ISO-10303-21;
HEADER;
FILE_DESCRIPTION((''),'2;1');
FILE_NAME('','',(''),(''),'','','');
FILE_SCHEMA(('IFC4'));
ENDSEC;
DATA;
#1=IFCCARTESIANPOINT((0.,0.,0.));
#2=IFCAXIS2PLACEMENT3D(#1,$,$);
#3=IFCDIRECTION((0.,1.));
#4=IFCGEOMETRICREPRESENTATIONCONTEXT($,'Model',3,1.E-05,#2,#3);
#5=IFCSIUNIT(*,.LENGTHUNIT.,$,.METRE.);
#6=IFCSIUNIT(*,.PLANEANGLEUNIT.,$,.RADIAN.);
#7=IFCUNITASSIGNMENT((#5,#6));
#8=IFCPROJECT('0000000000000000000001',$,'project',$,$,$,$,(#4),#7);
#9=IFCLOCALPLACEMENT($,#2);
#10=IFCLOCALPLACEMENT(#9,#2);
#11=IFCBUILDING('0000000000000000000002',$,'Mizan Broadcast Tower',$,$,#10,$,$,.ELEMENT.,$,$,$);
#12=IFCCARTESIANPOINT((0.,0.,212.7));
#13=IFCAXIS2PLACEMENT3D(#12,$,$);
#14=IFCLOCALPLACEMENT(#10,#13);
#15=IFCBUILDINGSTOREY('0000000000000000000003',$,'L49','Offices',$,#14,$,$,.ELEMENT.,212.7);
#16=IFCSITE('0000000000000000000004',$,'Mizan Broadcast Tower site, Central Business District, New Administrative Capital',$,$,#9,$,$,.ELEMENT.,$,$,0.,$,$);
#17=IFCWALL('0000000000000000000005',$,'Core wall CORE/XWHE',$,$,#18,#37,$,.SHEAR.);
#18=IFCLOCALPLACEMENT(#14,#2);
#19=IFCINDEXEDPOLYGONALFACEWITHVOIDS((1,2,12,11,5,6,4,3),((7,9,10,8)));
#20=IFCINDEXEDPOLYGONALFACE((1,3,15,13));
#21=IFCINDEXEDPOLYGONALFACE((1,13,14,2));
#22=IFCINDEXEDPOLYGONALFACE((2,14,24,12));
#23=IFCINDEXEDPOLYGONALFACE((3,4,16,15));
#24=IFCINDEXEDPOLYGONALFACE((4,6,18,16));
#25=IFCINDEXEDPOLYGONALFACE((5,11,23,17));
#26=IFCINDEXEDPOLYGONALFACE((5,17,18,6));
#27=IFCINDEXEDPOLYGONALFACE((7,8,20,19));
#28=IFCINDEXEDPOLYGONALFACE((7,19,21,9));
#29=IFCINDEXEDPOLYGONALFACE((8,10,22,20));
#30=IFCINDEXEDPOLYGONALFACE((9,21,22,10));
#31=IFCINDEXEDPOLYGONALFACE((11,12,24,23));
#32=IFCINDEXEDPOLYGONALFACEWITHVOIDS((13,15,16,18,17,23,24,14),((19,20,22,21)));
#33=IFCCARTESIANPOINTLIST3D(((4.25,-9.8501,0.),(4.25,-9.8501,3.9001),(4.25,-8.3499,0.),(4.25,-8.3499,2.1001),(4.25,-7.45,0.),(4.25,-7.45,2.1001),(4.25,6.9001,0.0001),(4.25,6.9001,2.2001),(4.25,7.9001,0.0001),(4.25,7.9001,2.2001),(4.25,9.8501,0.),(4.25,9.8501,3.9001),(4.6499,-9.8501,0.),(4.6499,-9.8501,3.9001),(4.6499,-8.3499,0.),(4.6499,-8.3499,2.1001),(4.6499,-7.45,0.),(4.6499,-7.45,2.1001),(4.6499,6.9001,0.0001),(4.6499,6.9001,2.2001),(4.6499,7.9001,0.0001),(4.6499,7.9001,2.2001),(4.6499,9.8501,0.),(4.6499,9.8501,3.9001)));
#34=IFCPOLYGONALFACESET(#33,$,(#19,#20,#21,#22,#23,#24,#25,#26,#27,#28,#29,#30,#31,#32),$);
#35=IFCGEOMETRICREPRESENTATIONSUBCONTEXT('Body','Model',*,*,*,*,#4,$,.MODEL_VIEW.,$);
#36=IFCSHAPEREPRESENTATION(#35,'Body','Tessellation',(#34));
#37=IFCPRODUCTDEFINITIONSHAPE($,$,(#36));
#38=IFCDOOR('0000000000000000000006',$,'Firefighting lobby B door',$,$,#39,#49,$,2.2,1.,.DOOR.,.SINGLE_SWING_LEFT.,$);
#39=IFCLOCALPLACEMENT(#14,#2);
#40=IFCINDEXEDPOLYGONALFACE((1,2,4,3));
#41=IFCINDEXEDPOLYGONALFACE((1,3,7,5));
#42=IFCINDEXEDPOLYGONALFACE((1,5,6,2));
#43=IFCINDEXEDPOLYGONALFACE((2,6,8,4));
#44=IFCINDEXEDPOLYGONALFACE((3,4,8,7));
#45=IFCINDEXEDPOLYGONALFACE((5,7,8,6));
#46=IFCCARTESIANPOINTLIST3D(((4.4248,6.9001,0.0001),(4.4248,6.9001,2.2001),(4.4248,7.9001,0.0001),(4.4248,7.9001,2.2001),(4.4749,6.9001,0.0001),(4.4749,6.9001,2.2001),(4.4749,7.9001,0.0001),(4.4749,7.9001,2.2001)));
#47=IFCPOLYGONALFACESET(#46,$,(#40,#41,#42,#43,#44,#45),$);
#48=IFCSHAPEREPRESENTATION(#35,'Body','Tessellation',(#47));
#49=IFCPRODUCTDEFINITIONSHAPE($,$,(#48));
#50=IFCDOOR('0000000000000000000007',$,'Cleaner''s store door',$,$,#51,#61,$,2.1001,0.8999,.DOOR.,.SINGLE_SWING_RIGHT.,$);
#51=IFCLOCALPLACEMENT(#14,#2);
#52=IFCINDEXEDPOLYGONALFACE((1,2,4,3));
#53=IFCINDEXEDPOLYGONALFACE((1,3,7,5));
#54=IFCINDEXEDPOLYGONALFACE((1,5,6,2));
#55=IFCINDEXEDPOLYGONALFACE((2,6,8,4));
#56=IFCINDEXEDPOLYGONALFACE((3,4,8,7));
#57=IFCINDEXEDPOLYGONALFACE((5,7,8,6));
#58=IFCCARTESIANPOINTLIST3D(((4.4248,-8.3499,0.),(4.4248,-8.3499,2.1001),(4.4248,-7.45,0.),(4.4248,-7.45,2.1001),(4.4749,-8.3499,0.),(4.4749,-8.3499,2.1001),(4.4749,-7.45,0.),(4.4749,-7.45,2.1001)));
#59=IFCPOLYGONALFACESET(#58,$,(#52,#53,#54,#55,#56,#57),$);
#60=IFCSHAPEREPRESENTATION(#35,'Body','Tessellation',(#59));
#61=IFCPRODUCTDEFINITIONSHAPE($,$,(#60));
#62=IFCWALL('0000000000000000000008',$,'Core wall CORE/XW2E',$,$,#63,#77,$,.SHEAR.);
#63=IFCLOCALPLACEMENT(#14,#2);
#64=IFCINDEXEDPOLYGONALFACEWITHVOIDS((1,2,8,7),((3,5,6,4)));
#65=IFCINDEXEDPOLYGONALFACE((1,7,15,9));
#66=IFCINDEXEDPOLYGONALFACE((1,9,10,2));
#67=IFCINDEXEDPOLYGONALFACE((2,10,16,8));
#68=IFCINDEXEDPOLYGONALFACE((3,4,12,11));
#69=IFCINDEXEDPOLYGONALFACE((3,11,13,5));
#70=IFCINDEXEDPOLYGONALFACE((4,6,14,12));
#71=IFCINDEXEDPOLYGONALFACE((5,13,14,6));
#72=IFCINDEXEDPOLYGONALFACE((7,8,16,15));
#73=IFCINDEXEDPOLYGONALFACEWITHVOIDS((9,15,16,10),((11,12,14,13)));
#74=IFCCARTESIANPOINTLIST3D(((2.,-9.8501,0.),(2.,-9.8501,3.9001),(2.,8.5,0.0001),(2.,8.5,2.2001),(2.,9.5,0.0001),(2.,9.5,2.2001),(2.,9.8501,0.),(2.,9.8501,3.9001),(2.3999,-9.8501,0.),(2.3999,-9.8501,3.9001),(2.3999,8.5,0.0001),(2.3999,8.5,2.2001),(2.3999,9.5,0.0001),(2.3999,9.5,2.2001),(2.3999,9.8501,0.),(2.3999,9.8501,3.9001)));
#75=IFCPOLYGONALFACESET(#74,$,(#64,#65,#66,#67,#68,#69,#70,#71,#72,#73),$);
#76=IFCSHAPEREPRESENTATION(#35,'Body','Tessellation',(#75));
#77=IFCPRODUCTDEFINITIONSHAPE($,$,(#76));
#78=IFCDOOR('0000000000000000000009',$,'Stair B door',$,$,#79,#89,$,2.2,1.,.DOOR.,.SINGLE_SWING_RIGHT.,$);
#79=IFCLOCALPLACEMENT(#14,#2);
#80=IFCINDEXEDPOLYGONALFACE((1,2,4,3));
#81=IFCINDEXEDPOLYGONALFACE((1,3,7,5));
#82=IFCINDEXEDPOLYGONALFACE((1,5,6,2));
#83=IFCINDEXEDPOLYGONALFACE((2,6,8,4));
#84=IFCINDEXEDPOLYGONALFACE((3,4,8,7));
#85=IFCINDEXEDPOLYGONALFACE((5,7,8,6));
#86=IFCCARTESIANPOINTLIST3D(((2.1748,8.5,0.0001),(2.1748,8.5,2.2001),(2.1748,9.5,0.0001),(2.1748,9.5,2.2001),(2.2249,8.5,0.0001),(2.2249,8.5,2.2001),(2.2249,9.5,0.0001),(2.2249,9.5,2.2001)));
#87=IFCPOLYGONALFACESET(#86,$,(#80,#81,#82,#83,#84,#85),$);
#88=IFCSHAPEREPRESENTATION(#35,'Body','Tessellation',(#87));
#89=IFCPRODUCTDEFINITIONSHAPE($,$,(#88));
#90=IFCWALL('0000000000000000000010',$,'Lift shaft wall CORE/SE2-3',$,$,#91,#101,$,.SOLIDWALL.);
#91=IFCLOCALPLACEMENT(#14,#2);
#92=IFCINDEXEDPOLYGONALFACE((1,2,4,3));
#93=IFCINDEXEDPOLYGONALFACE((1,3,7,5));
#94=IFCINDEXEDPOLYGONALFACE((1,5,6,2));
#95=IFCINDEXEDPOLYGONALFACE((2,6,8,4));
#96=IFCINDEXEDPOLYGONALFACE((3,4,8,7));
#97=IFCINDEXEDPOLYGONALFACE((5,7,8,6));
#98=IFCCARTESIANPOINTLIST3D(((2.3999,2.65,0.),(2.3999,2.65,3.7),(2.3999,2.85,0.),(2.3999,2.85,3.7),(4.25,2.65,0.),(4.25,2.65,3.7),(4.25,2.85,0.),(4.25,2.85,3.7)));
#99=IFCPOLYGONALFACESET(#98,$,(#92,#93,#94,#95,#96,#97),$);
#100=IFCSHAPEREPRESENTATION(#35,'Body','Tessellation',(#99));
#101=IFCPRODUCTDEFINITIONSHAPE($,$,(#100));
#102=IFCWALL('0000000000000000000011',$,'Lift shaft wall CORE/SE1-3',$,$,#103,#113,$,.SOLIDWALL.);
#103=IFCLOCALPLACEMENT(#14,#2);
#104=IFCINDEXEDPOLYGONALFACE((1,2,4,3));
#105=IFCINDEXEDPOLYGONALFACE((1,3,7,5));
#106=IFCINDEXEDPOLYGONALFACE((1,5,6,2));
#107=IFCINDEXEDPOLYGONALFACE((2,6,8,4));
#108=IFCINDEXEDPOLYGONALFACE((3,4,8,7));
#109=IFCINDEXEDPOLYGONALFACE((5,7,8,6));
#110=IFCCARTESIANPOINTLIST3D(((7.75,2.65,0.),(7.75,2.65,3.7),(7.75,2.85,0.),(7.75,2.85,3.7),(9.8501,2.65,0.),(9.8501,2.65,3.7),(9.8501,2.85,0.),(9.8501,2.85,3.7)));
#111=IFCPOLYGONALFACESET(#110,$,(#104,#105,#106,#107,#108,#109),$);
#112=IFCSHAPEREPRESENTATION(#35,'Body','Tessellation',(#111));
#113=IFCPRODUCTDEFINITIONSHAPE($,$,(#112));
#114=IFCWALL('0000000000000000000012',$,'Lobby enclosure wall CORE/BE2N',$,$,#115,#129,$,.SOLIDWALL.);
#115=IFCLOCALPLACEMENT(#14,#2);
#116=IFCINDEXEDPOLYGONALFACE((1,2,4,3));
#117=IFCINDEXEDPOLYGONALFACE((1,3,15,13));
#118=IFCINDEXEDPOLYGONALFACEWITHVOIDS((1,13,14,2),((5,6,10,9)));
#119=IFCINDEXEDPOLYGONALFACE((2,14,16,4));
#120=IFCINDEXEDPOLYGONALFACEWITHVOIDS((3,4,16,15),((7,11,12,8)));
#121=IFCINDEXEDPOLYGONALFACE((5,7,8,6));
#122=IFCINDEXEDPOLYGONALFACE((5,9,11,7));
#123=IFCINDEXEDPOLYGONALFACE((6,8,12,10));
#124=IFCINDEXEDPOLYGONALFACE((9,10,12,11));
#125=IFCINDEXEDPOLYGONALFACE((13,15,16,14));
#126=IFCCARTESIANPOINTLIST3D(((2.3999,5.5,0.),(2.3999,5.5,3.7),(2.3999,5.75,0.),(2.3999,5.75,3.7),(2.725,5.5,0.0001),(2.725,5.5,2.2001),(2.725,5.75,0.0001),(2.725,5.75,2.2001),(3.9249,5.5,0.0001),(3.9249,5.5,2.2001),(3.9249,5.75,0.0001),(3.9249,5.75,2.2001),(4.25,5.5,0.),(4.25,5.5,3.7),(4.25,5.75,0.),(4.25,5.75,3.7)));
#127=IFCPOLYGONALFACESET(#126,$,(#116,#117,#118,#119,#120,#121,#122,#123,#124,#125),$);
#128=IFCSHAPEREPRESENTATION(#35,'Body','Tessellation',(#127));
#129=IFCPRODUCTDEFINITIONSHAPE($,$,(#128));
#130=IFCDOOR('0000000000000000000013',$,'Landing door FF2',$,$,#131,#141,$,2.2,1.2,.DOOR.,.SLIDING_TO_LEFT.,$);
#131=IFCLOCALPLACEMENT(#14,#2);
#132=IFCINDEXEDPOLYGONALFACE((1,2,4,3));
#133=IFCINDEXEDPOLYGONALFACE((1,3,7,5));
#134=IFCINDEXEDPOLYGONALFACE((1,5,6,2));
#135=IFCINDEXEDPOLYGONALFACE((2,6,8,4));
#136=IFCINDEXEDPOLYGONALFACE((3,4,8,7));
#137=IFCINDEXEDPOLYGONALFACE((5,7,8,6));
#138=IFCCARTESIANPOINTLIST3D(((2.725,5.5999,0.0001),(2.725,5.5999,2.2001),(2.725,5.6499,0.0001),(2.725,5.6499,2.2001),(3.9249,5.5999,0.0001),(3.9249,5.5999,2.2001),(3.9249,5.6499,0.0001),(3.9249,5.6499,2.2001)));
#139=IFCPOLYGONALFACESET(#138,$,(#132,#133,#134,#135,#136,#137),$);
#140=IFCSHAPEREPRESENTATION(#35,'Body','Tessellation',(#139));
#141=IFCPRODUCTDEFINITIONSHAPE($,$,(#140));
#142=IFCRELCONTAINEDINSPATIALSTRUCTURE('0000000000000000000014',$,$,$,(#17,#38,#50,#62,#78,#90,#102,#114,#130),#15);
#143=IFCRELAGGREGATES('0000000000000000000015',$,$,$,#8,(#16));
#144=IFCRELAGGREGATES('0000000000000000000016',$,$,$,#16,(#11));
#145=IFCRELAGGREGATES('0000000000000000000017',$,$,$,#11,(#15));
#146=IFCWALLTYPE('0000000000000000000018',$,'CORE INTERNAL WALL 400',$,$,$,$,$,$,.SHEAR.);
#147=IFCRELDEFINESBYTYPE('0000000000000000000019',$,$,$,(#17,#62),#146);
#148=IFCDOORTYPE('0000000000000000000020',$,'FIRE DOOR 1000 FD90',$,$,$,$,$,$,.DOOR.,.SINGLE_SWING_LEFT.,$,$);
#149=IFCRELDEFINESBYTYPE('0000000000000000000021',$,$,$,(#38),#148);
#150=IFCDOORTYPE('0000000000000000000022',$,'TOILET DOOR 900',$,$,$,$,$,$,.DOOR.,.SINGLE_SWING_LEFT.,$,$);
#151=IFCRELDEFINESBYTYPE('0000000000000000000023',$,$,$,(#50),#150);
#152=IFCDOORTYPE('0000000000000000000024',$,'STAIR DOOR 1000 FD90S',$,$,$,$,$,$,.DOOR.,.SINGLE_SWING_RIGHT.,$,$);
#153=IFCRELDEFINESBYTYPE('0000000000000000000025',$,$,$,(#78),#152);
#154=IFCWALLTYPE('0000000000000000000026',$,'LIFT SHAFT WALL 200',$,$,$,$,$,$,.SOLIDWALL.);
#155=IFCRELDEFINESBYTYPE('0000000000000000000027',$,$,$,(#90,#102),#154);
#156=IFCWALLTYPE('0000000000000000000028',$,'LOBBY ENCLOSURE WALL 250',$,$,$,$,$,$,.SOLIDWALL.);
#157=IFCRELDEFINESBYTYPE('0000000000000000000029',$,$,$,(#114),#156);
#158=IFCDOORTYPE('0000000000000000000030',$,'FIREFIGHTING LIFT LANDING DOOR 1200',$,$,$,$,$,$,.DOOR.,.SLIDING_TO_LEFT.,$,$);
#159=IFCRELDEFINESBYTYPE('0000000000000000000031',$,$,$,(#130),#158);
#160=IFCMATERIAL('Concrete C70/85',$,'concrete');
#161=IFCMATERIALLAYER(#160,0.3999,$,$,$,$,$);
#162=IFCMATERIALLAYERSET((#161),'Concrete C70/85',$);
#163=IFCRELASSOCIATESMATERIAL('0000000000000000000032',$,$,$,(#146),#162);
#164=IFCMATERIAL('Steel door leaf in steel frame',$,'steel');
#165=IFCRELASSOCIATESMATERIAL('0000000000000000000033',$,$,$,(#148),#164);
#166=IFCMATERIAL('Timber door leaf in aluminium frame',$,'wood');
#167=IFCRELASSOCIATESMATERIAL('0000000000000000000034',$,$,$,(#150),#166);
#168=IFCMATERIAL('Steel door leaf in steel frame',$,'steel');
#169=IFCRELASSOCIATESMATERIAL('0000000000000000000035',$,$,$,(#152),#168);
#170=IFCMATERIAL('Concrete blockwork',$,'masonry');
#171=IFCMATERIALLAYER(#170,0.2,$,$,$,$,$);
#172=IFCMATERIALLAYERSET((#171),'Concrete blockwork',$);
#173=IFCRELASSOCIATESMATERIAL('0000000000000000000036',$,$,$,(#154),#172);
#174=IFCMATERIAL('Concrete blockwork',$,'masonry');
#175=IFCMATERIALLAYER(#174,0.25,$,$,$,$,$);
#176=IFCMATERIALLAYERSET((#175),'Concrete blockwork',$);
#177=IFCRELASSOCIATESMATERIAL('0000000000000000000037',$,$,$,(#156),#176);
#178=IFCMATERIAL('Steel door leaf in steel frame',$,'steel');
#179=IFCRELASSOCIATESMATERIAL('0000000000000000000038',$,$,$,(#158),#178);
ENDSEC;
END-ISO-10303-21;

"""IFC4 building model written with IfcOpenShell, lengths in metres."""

from ifc_helpers import new_model, si_unit, direction, frame, frame_2d, origin, place, context, subcontext, project, spatial, rectangle, extrude, material, layer, layer_set, type_object, element, fill, save


model = new_model("IFC4")

# Units and contexts
model_context = context("Model", 3, precision=1e-05, world=origin(), true_north=direction((0.0, 1.0)))
body_context = subcontext(model_context, "Body", "Model", "MODEL_VIEW")
ifc_project = project(units=[si_unit("LENGTHUNIT", "METRE"), si_unit("PLANEANGLEUNIT", "RADIAN")], contexts=[model_context])

# Site, building, storey
site_placement = place(None, origin())
site = spatial("IfcSite", under=ifc_project, at=site_placement, Name="Mizan Broadcast Tower site, Central Business District, New Administrative Capital", CompositionType="ELEMENT", RefElevation=0.0)
building_placement = place(site_placement, origin())
building = spatial("IfcBuilding", under=site, at=building_placement, Name="Mizan Broadcast Tower", CompositionType="ELEMENT")
storey_placement = place(building_placement, frame((0.0, 0.0, 212.7)))
storey = spatial("IfcBuildingStorey", under=building, at=storey_placement, Name="L49", Description="Offices", CompositionType="ELEMENT", Elevation=212.7)

# Wall, openings, doors
ifc_material_1 = material(Name="Concrete C70/85", Category="concrete")
ifc_layer_1 = layer(ifc_material_1, 0.3999)
ifc_layer_set_1 = layer_set([ifc_layer_1], Name="Concrete C70/85")
wall_type_1 = type_object("IfcWallType", Name="CORE INTERNAL WALL 400", PredefinedType="SHEAR", material=ifc_layer_set_1)
wall_1_placement = place(storey_placement, frame((4.45, 9.8501, 0.0), z_axis=(0.0, 0.0, 1.0), x_axis=(0.0, -1.0, 0.0)))
wall_1 = element("IfcWall", 1, at=wall_1_placement, inside=storey, type_object=wall_type_1, Name="Core wall CORE/XWHE", PredefinedType="SHEAR", context=body_context, shape_type="SweptSolid", body=[
    extrude(rectangle(XDim=19.7002, YDim=0.3999, at=frame_2d((9.8501, 0.0))), origin(), (0.0, 0.0, 1.0), 3.9001),
])
opening_1_placement = place(wall_1_placement, frame((1.95, 0.0, 0.0)))
opening_1 = element("IfcOpeningElement", 2, at=opening_1_placement, cuts=wall_1, PredefinedType="OPENING", context=body_context, shape_type="SweptSolid", body=[
    extrude(rectangle(XDim=1.0, YDim=2.2, at=frame_2d((0.5, 1.1001))), frame((0.0, 0.21, 0.0), z_axis=(0.0, -1.0, 0.0), x_axis=(1.0, 0.0, 0.0)), (0.0, 0.0, 1.0), 0.4199),
])
opening_2_placement = place(wall_1_placement, frame((17.3, 0.0, 0.0)))
opening_2 = element("IfcOpeningElement", 3, at=opening_2_placement, cuts=wall_1, PredefinedType="OPENING", context=body_context, shape_type="SweptSolid", body=[
    extrude(rectangle(XDim=0.8999, YDim=2.1001, at=frame_2d((0.45, 1.05))), frame((0.0, 0.21, 0.0), z_axis=(0.0, -1.0, 0.0), x_axis=(1.0, 0.0, 0.0)), (0.0, 0.0, 1.0), 0.4199),
])
ifc_material_2 = material(Name="Steel door leaf in steel frame", Category="steel")
door_type_1 = type_object("IfcDoorType", Name="FIRE DOOR 1000 FD90", OperationType="SINGLE_SWING_LEFT", PredefinedType="DOOR", material=ifc_material_2)
door_1_placement = place(opening_1_placement, origin())
door_1 = element("IfcDoor", 4, at=door_1_placement, inside=storey, type_object=door_type_1, Name="Firefighting lobby B door", OperationType="SINGLE_SWING_LEFT", OverallHeight=2.2, OverallWidth=1.0, PredefinedType="DOOR", context=body_context, shape_type="SweptSolid", body=[
    extrude(rectangle(XDim=1.0, YDim=2.2, at=frame_2d((0.5, 1.1001))), frame((0.0, 0.0249, 0.0), z_axis=(0.0, -1.0, 0.0), x_axis=(1.0, 0.0, 0.0)), (0.0, 0.0, 1.0), 0.05),
])
fill(opening_1, door_1)
ifc_material_3 = material(Name="Timber door leaf in aluminium frame", Category="wood")
door_type_2 = type_object("IfcDoorType", Name="TOILET DOOR 900", OperationType="SINGLE_SWING_LEFT", PredefinedType="DOOR", material=ifc_material_3)
door_2_placement = place(opening_2_placement, origin())
door_2 = element("IfcDoor", 5, at=door_2_placement, inside=storey, type_object=door_type_2, Name="Cleaner's store door", OperationType="SINGLE_SWING_RIGHT", OverallHeight=2.1001, OverallWidth=0.8999, PredefinedType="DOOR", context=body_context, shape_type="SweptSolid", body=[
    extrude(rectangle(XDim=0.8999, YDim=2.1001, at=frame_2d((0.45, 1.05))), frame((0.0, 0.0249, 0.0), z_axis=(0.0, -1.0, 0.0), x_axis=(1.0, 0.0, 0.0)), (0.0, 0.0, 1.0), 0.05),
])
fill(opening_2, door_2)

# Wall, opening, door
wall_2_placement = place(storey_placement, frame((2.2, 9.8501, 0.0), z_axis=(0.0, 0.0, 1.0), x_axis=(0.0, -1.0, 0.0)))
wall_2 = element("IfcWall", 6, at=wall_2_placement, inside=storey, type_object=wall_type_1, Name="Core wall CORE/XW2E", PredefinedType="SHEAR", context=body_context, shape_type="SweptSolid", body=[
    extrude(rectangle(XDim=19.7002, YDim=0.3999, at=frame_2d((9.8501, 0.0))), origin(), (0.0, 0.0, 1.0), 3.9001),
])
opening_3_placement = place(wall_2_placement, frame((0.3501, 0.0, 0.0)))
opening_3 = element("IfcOpeningElement", 7, at=opening_3_placement, cuts=wall_2, PredefinedType="OPENING", context=body_context, shape_type="SweptSolid", body=[
    extrude(rectangle(XDim=1.0, YDim=2.2, at=frame_2d((0.5, 1.1001))), frame((0.0, 0.21, 0.0), z_axis=(0.0, -1.0, 0.0), x_axis=(1.0, 0.0, 0.0)), (0.0, 0.0, 1.0), 0.4199),
])
ifc_material_4 = material(Name="Steel door leaf in steel frame", Category="steel")
door_type_3 = type_object("IfcDoorType", Name="STAIR DOOR 1000 FD90S", OperationType="SINGLE_SWING_RIGHT", PredefinedType="DOOR", material=ifc_material_4)
door_3_placement = place(opening_3_placement, origin())
door_3 = element("IfcDoor", 8, at=door_3_placement, inside=storey, type_object=door_type_3, Name="Stair B door", OperationType="SINGLE_SWING_RIGHT", OverallHeight=2.2, OverallWidth=1.0, PredefinedType="DOOR", context=body_context, shape_type="SweptSolid", body=[
    extrude(rectangle(XDim=1.0, YDim=2.2, at=frame_2d((0.5, 1.1001))), frame((0.0, 0.0249, 0.0), z_axis=(0.0, -1.0, 0.0), x_axis=(1.0, 0.0, 0.0)), (0.0, 0.0, 1.0), 0.05),
])
fill(opening_3, door_3)

# Walls
ifc_material_5 = material(Name="Concrete blockwork", Category="masonry")
ifc_layer_2 = layer(ifc_material_5, 0.2)
ifc_layer_set_2 = layer_set([ifc_layer_2], Name="Concrete blockwork")
wall_type_2 = type_object("IfcWallType", Name="LIFT SHAFT WALL 200", PredefinedType="SOLIDWALL", material=ifc_layer_set_2)
wall_3_placement = place(storey_placement, frame((2.3999, 2.75, 0.0), z_axis=(0.0, 0.0, 1.0), x_axis=(1.0, 0.0, 0.0)))
element("IfcWall", 9, at=wall_3_placement, inside=storey, type_object=wall_type_2, Name="Lift shaft wall CORE/SE2-3", PredefinedType="SOLIDWALL", context=body_context, shape_type="SweptSolid", body=[
    extrude(rectangle(XDim=1.8501, YDim=0.2, at=frame_2d((0.925, 0.0))), origin(), (0.0, 0.0, 1.0), 3.7),
])
wall_4_placement = place(storey_placement, frame((7.75, 2.75, 0.0), z_axis=(0.0, 0.0, 1.0), x_axis=(1.0, 0.0, 0.0)))
element("IfcWall", 10, at=wall_4_placement, inside=storey, type_object=wall_type_2, Name="Lift shaft wall CORE/SE1-3", PredefinedType="SOLIDWALL", context=body_context, shape_type="SweptSolid", body=[
    extrude(rectangle(XDim=2.1001, YDim=0.2, at=frame_2d((1.05, 0.0))), origin(), (0.0, 0.0, 1.0), 3.7),
])

# Wall, opening, door
ifc_material_6 = material(Name="Concrete blockwork", Category="masonry")
ifc_layer_3 = layer(ifc_material_6, 0.25)
ifc_layer_set_3 = layer_set([ifc_layer_3], Name="Concrete blockwork")
wall_type_3 = type_object("IfcWallType", Name="LOBBY ENCLOSURE WALL 250", PredefinedType="SOLIDWALL", material=ifc_layer_set_3)
wall_5_placement = place(storey_placement, frame((2.3999, 5.625, 0.0), z_axis=(0.0, 0.0, 1.0), x_axis=(1.0, 0.0, 0.0)))
wall_5 = element("IfcWall", 11, at=wall_5_placement, inside=storey, type_object=wall_type_3, Name="Lobby enclosure wall CORE/BE2N", PredefinedType="SOLIDWALL", context=body_context, shape_type="SweptSolid", body=[
    extrude(rectangle(XDim=1.8501, YDim=0.25, at=frame_2d((0.925, 0.0))), origin(), (0.0, 0.0, 1.0), 3.7),
])
opening_4_placement = place(wall_5_placement, frame((0.325, 0.0, 0.0)))
opening_4 = element("IfcOpeningElement", 12, at=opening_4_placement, cuts=wall_5, PredefinedType="OPENING", context=body_context, shape_type="SweptSolid", body=[
    extrude(rectangle(XDim=1.2, YDim=2.2, at=frame_2d((0.6001, 1.1001))), frame((0.0, 0.135, 0.0), z_axis=(0.0, -1.0, 0.0), x_axis=(1.0, 0.0, 0.0)), (0.0, 0.0, 1.0), 0.27),
])
ifc_material_7 = material(Name="Steel door leaf in steel frame", Category="steel")
door_type_4 = type_object("IfcDoorType", Name="FIREFIGHTING LIFT LANDING DOOR 1200", OperationType="SLIDING_TO_LEFT", PredefinedType="DOOR", material=ifc_material_7)
door_4_placement = place(opening_4_placement, origin())
door_4 = element("IfcDoor", 13, at=door_4_placement, inside=storey, type_object=door_type_4, Name="Landing door FF2", OperationType="SLIDING_TO_LEFT", OverallHeight=2.2, OverallWidth=1.2, PredefinedType="DOOR", context=body_context, shape_type="SweptSolid", body=[
    extrude(rectangle(XDim=1.2, YDim=2.2, at=frame_2d((0.6001, 1.1001))), frame((0.0, 0.0249, 0.0), z_axis=(0.0, -1.0, 0.0), x_axis=(1.0, 0.0, 0.0)), (0.0, 0.0, 1.0), 0.05),
])
fill(opening_4, door_4)

save(model, "model.ifc")
